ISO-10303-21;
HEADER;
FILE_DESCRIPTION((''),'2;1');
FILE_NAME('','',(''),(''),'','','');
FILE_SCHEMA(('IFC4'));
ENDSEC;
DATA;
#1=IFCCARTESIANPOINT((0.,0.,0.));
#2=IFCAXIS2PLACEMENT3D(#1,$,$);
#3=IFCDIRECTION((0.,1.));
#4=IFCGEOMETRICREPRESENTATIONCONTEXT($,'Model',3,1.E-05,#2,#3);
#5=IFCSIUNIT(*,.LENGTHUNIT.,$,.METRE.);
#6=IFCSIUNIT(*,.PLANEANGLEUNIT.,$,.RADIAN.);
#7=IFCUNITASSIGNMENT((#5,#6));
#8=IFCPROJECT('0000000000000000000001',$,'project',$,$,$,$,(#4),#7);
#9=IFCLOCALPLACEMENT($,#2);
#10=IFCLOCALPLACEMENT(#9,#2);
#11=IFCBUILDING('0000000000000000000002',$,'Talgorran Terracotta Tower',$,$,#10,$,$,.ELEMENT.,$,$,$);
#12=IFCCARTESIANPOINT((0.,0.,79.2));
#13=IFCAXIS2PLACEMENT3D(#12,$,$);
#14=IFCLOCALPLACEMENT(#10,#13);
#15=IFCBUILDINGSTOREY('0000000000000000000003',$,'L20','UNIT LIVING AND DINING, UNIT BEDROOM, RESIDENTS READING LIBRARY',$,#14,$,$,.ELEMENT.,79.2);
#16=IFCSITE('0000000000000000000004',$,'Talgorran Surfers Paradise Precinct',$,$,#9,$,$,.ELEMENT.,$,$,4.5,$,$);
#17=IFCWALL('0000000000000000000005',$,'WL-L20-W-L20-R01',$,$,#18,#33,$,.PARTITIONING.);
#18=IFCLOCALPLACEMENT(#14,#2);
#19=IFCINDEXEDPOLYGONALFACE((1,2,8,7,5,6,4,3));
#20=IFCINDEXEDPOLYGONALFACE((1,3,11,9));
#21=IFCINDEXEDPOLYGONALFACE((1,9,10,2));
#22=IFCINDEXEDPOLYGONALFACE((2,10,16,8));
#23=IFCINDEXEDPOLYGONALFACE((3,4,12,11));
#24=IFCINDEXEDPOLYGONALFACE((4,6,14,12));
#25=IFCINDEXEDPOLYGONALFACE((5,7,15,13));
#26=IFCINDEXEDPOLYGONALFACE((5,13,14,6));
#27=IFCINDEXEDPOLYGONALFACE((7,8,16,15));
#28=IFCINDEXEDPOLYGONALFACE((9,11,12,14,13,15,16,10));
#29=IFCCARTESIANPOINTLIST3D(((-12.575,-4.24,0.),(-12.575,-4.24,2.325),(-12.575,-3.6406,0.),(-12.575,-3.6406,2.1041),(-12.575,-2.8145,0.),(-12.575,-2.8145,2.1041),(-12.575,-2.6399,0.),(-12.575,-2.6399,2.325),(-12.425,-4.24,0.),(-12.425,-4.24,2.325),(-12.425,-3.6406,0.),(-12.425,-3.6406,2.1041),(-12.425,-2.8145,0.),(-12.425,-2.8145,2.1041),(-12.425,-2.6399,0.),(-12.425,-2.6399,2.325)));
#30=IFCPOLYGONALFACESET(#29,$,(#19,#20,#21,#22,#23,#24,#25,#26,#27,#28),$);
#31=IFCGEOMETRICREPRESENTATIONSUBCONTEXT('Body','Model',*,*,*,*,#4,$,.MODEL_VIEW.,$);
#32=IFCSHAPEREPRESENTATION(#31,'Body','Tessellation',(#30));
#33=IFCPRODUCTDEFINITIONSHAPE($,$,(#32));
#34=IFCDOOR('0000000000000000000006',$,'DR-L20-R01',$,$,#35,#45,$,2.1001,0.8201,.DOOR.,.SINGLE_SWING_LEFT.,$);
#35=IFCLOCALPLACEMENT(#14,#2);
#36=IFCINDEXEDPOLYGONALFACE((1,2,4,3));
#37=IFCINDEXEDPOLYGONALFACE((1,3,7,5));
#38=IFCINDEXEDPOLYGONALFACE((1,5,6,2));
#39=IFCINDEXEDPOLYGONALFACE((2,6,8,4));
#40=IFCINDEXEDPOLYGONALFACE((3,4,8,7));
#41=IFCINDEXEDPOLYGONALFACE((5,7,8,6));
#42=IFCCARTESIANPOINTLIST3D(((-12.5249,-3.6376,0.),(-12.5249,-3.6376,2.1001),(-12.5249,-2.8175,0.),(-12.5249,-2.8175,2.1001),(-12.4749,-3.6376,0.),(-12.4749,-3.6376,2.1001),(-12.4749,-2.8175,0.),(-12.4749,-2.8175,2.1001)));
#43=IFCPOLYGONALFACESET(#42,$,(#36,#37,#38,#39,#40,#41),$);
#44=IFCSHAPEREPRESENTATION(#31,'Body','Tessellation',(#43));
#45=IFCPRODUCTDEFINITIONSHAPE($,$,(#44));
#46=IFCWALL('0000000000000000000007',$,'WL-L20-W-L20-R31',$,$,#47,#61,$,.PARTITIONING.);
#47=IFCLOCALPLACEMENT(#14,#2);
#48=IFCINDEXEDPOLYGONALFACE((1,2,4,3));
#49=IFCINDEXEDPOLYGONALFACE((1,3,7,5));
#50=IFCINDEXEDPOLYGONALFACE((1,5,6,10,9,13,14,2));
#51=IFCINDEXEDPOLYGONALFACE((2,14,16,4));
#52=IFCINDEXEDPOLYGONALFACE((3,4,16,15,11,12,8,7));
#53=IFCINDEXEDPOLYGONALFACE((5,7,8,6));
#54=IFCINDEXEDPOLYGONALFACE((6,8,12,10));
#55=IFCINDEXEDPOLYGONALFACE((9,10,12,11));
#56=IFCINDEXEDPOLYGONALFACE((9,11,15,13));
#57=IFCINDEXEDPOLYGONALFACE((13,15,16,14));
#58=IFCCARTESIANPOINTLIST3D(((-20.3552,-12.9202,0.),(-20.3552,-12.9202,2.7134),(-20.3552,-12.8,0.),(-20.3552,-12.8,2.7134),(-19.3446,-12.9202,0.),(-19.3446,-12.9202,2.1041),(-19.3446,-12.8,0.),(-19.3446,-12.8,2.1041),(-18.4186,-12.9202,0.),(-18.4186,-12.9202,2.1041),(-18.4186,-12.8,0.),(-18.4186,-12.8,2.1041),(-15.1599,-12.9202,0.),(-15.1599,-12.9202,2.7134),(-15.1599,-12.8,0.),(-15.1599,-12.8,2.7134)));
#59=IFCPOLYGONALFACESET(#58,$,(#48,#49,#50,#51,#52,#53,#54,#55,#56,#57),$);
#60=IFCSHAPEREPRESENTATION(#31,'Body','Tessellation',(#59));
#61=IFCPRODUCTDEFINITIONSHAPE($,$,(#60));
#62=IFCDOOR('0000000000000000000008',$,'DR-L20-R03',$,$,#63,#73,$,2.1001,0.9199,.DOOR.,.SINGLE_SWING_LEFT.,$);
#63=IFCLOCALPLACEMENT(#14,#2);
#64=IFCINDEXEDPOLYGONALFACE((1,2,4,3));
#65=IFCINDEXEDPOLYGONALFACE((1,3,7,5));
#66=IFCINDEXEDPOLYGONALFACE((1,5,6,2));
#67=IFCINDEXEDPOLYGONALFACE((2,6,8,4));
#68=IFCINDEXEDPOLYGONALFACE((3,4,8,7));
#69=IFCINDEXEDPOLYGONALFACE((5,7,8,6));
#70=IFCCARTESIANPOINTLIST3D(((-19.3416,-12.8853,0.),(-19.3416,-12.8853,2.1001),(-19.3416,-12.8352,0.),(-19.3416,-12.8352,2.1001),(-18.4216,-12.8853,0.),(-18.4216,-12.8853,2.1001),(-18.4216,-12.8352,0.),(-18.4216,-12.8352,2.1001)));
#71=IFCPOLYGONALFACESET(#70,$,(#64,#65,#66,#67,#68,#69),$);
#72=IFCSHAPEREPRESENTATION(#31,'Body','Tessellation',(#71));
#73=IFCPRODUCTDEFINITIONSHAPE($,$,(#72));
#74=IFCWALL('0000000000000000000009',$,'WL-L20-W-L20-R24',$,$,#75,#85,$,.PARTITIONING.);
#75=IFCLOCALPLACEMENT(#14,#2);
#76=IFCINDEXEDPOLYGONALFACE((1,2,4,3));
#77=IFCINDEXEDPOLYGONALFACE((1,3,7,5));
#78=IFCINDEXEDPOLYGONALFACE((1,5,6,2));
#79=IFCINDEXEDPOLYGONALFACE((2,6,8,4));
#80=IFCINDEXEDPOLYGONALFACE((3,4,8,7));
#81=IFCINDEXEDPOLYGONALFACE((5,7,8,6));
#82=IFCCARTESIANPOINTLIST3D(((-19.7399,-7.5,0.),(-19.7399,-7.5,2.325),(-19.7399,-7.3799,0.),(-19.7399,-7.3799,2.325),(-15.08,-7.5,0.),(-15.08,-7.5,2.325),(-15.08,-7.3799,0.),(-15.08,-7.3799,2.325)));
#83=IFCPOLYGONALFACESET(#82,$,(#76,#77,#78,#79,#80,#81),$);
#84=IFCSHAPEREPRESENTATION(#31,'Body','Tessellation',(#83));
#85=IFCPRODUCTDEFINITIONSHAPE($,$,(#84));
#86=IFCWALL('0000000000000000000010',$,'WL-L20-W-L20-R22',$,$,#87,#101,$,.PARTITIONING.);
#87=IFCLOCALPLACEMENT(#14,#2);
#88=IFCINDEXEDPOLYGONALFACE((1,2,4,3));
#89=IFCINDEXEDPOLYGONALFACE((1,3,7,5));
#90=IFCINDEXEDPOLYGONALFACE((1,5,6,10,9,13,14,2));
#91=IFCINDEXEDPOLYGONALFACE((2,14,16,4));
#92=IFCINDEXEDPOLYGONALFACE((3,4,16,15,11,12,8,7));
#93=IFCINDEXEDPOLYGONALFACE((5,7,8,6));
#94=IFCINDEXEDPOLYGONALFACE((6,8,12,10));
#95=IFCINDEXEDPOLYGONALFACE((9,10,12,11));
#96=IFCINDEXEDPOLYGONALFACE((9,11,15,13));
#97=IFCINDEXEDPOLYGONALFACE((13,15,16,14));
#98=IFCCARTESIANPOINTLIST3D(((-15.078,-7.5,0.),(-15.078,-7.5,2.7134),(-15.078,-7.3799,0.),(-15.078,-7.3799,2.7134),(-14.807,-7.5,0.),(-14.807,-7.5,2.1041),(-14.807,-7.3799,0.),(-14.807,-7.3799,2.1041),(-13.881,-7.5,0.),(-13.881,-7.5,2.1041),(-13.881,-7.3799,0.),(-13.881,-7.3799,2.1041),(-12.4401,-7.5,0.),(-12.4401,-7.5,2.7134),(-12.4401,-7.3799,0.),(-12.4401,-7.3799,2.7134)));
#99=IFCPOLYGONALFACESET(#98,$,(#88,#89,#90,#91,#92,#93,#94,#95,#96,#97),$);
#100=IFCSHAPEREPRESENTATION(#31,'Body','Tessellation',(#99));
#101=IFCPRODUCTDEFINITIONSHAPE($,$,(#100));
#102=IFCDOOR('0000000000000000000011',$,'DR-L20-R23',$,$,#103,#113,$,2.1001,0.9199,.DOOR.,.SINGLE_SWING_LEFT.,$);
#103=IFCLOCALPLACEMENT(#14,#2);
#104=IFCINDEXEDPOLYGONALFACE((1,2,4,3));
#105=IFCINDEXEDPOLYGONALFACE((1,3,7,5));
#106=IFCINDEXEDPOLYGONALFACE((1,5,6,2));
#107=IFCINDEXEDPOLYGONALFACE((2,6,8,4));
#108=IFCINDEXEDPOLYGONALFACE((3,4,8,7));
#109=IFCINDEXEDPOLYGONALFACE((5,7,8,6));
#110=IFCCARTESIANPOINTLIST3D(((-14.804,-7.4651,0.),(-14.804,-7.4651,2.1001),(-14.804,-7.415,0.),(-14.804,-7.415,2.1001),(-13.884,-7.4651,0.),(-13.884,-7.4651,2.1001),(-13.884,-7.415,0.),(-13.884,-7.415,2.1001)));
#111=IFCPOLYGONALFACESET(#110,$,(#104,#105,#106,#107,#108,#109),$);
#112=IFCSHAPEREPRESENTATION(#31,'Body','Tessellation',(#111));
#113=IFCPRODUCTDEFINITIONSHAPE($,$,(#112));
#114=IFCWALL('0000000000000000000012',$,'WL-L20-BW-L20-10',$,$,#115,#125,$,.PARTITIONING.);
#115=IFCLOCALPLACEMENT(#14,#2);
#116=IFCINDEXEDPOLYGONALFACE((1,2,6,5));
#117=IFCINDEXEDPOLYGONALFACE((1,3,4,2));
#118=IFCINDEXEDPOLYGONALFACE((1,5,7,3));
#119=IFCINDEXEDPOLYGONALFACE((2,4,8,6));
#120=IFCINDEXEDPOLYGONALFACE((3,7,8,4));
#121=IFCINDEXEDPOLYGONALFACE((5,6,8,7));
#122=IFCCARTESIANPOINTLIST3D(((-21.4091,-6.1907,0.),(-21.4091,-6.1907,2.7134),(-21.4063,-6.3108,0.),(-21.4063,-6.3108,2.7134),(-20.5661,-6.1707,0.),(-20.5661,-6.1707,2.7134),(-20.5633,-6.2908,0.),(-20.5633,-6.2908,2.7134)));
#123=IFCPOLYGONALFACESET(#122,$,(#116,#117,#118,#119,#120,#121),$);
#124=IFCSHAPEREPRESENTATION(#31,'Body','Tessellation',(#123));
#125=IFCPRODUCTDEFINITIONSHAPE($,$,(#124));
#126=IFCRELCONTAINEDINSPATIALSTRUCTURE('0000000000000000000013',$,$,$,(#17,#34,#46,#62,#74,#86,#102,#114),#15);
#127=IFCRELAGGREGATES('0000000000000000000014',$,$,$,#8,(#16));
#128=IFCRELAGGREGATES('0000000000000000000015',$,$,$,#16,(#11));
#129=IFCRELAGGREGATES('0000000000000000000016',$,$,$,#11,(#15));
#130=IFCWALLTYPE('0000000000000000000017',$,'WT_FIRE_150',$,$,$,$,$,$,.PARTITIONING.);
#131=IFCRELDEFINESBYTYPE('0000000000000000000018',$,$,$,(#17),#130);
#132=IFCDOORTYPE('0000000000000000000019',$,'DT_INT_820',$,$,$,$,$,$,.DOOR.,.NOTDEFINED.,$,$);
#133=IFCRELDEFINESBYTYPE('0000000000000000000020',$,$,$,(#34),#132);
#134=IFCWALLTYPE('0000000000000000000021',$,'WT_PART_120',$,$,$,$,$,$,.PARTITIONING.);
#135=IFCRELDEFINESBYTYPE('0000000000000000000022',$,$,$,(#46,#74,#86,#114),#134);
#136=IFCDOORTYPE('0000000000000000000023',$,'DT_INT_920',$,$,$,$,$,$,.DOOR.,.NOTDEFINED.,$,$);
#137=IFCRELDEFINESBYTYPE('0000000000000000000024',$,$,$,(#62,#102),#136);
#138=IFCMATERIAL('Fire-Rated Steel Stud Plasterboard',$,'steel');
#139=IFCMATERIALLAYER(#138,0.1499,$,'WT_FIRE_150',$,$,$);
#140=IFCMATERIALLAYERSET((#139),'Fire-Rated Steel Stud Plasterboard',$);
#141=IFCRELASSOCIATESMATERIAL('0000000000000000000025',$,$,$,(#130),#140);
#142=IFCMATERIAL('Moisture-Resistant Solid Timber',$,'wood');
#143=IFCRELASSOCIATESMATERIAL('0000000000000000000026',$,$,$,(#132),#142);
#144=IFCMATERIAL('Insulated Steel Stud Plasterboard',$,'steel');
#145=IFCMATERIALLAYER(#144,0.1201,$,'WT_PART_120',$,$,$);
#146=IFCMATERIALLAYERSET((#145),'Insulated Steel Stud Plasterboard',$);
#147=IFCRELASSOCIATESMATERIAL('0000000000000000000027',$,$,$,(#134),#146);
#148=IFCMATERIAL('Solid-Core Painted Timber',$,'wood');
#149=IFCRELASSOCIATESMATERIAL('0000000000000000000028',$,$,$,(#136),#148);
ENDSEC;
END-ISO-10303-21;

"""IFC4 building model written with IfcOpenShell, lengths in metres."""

from ifc_helpers import new_model, si_unit, direction, frame, frame_2d, origin, place, context, subcontext, project, spatial, rectangle, extrude, material, layer, layer_set, type_object, element, fill, save


model = new_model("IFC4")

# Units and contexts
model_context = context("Model", 3, precision=1e-05, world=origin(), true_north=direction((0.0, 1.0)))
body_context = subcontext(model_context, "Body", "Model", "MODEL_VIEW")
ifc_project = project(units=[si_unit("LENGTHUNIT", "METRE"), si_unit("PLANEANGLEUNIT", "RADIAN")], contexts=[model_context])

# Site, building, storey
site_placement = place(None, origin())
site = spatial("IfcSite", under=ifc_project, at=site_placement, Name="Talgorran Surfers Paradise Precinct", CompositionType="ELEMENT", RefElevation=4.5)
building_placement = place(site_placement, origin())
building = spatial("IfcBuilding", under=site, at=building_placement, Name="Talgorran Terracotta Tower", CompositionType="ELEMENT")
storey_placement = place(building_placement, frame((0.0, 0.0, 79.2)))
storey = spatial("IfcBuildingStorey", under=building, at=storey_placement, Name="L20", Description="UNIT LIVING AND DINING, UNIT BEDROOM, RESIDENTS READING LIBRARY", CompositionType="ELEMENT", Elevation=79.2)

# Walls, openings, doors
ifc_material_1 = material(Name="Fire-Rated Steel Stud Plasterboard", Category="steel")
ifc_layer_1 = layer(ifc_material_1, 0.1499, Name="WT_FIRE_150")
ifc_layer_set_1 = layer_set([ifc_layer_1], Name="Fire-Rated Steel Stud Plasterboard")
wall_type_1 = type_object("IfcWallType", Name="WT_FIRE_150", PredefinedType="PARTITIONING", material=ifc_layer_set_1)
wall_1_placement = place(storey_placement, frame((-12.5, -4.24, 0.0), z_axis=(0.0, 0.0, 1.0), x_axis=(0.0, 1.0, 0.0)))
wall_1 = element("IfcWall", 1, at=wall_1_placement, inside=storey, type_object=wall_type_1, Name="WL-L20-W-L20-R01", PredefinedType="PARTITIONING", context=body_context, shape_type="SweptSolid", body=[
    extrude(rectangle(XDim=1.6001, YDim=0.1499, at=frame_2d((0.8, 0.0))), origin(), (0.0, 0.0, 1.0), 2.325),
])
opening_1_placement = place(wall_1_placement, frame((0.6023, 0.0, 0.0)))
opening_1 = element("IfcOpeningElement", 2, at=opening_1_placement, cuts=wall_1, PredefinedType="OPENING", context=body_context, shape_type="SweptSolid", body=[
    extrude(rectangle(XDim=0.8261, YDim=2.1041, at=frame_2d((0.4102, 1.052))), frame((0.0, 0.085, 0.0), z_axis=(0.0, -1.0, 0.0), x_axis=(1.0, 0.0, 0.0)), (0.0, 0.0, 1.0), 0.1699),
])
ifc_material_2 = material(Name="Moisture-Resistant Solid Timber", Category="wood")
door_type_1 = type_object("IfcDoorType", Name="DT_INT_820", OperationType="NOTDEFINED", PredefinedType="DOOR", material=ifc_material_2)
door_1_placement = place(opening_1_placement, origin())
door_1 = element("IfcDoor", 3, at=door_1_placement, inside=storey, type_object=door_type_1, Name="DR-L20-R01", OperationType="SINGLE_SWING_LEFT", OverallHeight=2.1001, OverallWidth=0.8201, PredefinedType="DOOR", context=body_context, shape_type="SweptSolid", body=[
    extrude(rectangle(XDim=0.8201, YDim=2.1001, at=frame_2d((0.4102, 1.05))), frame((0.0, 0.0249, 0.0), z_axis=(0.0, -1.0, 0.0), x_axis=(1.0, 0.0, 0.0)), (0.0, 0.0, 1.0), 0.05),
])
fill(opening_1, door_1)
ifc_material_3 = material(Name="Insulated Steel Stud Plasterboard", Category="steel")
ifc_layer_2 = layer(ifc_material_3, 0.1201, Name="WT_PART_120")
ifc_layer_set_2 = layer_set([ifc_layer_2], Name="Insulated Steel Stud Plasterboard")
wall_type_2 = type_object("IfcWallType", Name="WT_PART_120", PredefinedType="PARTITIONING", material=ifc_layer_set_2)
wall_2_placement = place(storey_placement, frame((-20.3552, -12.8601, 0.0), z_axis=(0.0, 0.0, 1.0), x_axis=(1.0, 0.0, 0.0)))
wall_2 = element("IfcWall", 4, at=wall_2_placement, inside=storey, type_object=wall_type_2, Name="WL-L20-W-L20-R31", PredefinedType="PARTITIONING", context=body_context, shape_type="SweptSolid", body=[
    extrude(rectangle(XDim=5.1953, YDim=0.1201, at=frame_2d((2.5977, 0.0))), origin(), (0.0, 0.0, 1.0), 2.7134),
])
opening_2_placement = place(wall_2_placement, frame((1.0137, 0.0, 0.0)))
opening_2 = element("IfcOpeningElement", 5, at=opening_2_placement, cuts=wall_2, PredefinedType="OPENING", context=body_context, shape_type="SweptSolid", body=[
    extrude(rectangle(XDim=0.9259, YDim=2.1041, at=frame_2d((0.46, 1.052))), frame((0.0, 0.0701, 0.0), z_axis=(0.0, -1.0, 0.0), x_axis=(1.0, 0.0, 0.0)), (0.0, 0.0, 1.0), 0.1401),
])
ifc_material_4 = material(Name="Solid-Core Painted Timber", Category="wood")
door_type_2 = type_object("IfcDoorType", Name="DT_INT_920", OperationType="NOTDEFINED", PredefinedType="DOOR", material=ifc_material_4)
door_2_placement = place(opening_2_placement, origin())
door_2 = element("IfcDoor", 6, at=door_2_placement, inside=storey, type_object=door_type_2, Name="DR-L20-R03", OperationType="SINGLE_SWING_LEFT", OverallHeight=2.1001, OverallWidth=0.9199, PredefinedType="DOOR", context=body_context, shape_type="SweptSolid", body=[
    extrude(rectangle(XDim=0.9199, YDim=2.1001, at=frame_2d((0.46, 1.05))), frame((0.0, 0.0249, 0.0), z_axis=(0.0, -1.0, 0.0), x_axis=(1.0, 0.0, 0.0)), (0.0, 0.0, 1.0), 0.05),
])
fill(opening_2, door_2)

# Wall
wall_3_placement = place(storey_placement, frame((-19.74, -7.4399, 0.0), z_axis=(0.0, 0.0, 1.0), x_axis=(1.0, 0.0, 0.0)))
element("IfcWall", 7, at=wall_3_placement, inside=storey, type_object=wall_type_2, Name="WL-L20-W-L20-R24", PredefinedType="PARTITIONING", context=body_context, shape_type="SweptSolid", body=[
    extrude(rectangle(XDim=4.6599, YDim=0.1201, at=frame_2d((2.3301, 0.0))), origin(), (0.0, 0.0, 1.0), 2.325),
])

# Wall, opening, door
wall_4_placement = place(storey_placement, frame((-15.0779, -7.4399, 0.0), z_axis=(0.0, 0.0, 1.0), x_axis=(1.0, 0.0, 0.0)))
wall_4 = element("IfcWall", 8, at=wall_4_placement, inside=storey, type_object=wall_type_2, Name="WL-L20-W-L20-R22", PredefinedType="PARTITIONING", context=body_context, shape_type="SweptSolid", body=[
    extrude(rectangle(XDim=2.6379, YDim=0.1201, at=frame_2d((1.3188, 0.0))), origin(), (0.0, 0.0, 1.0), 2.7134),
])
opening_3_placement = place(wall_4_placement, frame((0.2739, 0.0, 0.0)))
opening_3 = element("IfcOpeningElement", 9, at=opening_3_placement, cuts=wall_4, PredefinedType="OPENING", context=body_context, shape_type="SweptSolid", body=[
    extrude(rectangle(XDim=0.9259, YDim=2.1041, at=frame_2d((0.46, 1.052))), frame((0.0, 0.0701, 0.0), z_axis=(0.0, -1.0, 0.0), x_axis=(1.0, 0.0, 0.0)), (0.0, 0.0, 1.0), 0.1401),
])
door_3_placement = place(opening_3_placement, origin())
door_3 = element("IfcDoor", 10, at=door_3_placement, inside=storey, type_object=door_type_2, Name="DR-L20-R23", OperationType="SINGLE_SWING_LEFT", OverallHeight=2.1001, OverallWidth=0.9199, PredefinedType="DOOR", context=body_context, shape_type="SweptSolid", body=[
    extrude(rectangle(XDim=0.9199, YDim=2.1001, at=frame_2d((0.46, 1.05))), frame((0.0, 0.0249, 0.0), z_axis=(0.0, -1.0, 0.0), x_axis=(1.0, 0.0, 0.0)), (0.0, 0.0, 1.0), 0.05),
])
fill(opening_3, door_3)

# Wall
wall_5_placement = place(storey_placement, frame((-20.5647, -6.2307, 0.0), z_axis=(0.0, 0.0, 1.0), x_axis=(-0.999718, -0.023741, 0.0)))
element("IfcWall", 11, at=wall_5_placement, inside=storey, type_object=wall_type_2, Name="WL-L20-BW-L20-10", PredefinedType="PARTITIONING", context=body_context, shape_type="SweptSolid", body=[
    extrude(rectangle(XDim=0.8433, YDim=0.1201, at=frame_2d((0.4216, 0.0))), origin(), (0.0, 0.0, 1.0), 2.7134),
])

save(model, "model.ifc")
